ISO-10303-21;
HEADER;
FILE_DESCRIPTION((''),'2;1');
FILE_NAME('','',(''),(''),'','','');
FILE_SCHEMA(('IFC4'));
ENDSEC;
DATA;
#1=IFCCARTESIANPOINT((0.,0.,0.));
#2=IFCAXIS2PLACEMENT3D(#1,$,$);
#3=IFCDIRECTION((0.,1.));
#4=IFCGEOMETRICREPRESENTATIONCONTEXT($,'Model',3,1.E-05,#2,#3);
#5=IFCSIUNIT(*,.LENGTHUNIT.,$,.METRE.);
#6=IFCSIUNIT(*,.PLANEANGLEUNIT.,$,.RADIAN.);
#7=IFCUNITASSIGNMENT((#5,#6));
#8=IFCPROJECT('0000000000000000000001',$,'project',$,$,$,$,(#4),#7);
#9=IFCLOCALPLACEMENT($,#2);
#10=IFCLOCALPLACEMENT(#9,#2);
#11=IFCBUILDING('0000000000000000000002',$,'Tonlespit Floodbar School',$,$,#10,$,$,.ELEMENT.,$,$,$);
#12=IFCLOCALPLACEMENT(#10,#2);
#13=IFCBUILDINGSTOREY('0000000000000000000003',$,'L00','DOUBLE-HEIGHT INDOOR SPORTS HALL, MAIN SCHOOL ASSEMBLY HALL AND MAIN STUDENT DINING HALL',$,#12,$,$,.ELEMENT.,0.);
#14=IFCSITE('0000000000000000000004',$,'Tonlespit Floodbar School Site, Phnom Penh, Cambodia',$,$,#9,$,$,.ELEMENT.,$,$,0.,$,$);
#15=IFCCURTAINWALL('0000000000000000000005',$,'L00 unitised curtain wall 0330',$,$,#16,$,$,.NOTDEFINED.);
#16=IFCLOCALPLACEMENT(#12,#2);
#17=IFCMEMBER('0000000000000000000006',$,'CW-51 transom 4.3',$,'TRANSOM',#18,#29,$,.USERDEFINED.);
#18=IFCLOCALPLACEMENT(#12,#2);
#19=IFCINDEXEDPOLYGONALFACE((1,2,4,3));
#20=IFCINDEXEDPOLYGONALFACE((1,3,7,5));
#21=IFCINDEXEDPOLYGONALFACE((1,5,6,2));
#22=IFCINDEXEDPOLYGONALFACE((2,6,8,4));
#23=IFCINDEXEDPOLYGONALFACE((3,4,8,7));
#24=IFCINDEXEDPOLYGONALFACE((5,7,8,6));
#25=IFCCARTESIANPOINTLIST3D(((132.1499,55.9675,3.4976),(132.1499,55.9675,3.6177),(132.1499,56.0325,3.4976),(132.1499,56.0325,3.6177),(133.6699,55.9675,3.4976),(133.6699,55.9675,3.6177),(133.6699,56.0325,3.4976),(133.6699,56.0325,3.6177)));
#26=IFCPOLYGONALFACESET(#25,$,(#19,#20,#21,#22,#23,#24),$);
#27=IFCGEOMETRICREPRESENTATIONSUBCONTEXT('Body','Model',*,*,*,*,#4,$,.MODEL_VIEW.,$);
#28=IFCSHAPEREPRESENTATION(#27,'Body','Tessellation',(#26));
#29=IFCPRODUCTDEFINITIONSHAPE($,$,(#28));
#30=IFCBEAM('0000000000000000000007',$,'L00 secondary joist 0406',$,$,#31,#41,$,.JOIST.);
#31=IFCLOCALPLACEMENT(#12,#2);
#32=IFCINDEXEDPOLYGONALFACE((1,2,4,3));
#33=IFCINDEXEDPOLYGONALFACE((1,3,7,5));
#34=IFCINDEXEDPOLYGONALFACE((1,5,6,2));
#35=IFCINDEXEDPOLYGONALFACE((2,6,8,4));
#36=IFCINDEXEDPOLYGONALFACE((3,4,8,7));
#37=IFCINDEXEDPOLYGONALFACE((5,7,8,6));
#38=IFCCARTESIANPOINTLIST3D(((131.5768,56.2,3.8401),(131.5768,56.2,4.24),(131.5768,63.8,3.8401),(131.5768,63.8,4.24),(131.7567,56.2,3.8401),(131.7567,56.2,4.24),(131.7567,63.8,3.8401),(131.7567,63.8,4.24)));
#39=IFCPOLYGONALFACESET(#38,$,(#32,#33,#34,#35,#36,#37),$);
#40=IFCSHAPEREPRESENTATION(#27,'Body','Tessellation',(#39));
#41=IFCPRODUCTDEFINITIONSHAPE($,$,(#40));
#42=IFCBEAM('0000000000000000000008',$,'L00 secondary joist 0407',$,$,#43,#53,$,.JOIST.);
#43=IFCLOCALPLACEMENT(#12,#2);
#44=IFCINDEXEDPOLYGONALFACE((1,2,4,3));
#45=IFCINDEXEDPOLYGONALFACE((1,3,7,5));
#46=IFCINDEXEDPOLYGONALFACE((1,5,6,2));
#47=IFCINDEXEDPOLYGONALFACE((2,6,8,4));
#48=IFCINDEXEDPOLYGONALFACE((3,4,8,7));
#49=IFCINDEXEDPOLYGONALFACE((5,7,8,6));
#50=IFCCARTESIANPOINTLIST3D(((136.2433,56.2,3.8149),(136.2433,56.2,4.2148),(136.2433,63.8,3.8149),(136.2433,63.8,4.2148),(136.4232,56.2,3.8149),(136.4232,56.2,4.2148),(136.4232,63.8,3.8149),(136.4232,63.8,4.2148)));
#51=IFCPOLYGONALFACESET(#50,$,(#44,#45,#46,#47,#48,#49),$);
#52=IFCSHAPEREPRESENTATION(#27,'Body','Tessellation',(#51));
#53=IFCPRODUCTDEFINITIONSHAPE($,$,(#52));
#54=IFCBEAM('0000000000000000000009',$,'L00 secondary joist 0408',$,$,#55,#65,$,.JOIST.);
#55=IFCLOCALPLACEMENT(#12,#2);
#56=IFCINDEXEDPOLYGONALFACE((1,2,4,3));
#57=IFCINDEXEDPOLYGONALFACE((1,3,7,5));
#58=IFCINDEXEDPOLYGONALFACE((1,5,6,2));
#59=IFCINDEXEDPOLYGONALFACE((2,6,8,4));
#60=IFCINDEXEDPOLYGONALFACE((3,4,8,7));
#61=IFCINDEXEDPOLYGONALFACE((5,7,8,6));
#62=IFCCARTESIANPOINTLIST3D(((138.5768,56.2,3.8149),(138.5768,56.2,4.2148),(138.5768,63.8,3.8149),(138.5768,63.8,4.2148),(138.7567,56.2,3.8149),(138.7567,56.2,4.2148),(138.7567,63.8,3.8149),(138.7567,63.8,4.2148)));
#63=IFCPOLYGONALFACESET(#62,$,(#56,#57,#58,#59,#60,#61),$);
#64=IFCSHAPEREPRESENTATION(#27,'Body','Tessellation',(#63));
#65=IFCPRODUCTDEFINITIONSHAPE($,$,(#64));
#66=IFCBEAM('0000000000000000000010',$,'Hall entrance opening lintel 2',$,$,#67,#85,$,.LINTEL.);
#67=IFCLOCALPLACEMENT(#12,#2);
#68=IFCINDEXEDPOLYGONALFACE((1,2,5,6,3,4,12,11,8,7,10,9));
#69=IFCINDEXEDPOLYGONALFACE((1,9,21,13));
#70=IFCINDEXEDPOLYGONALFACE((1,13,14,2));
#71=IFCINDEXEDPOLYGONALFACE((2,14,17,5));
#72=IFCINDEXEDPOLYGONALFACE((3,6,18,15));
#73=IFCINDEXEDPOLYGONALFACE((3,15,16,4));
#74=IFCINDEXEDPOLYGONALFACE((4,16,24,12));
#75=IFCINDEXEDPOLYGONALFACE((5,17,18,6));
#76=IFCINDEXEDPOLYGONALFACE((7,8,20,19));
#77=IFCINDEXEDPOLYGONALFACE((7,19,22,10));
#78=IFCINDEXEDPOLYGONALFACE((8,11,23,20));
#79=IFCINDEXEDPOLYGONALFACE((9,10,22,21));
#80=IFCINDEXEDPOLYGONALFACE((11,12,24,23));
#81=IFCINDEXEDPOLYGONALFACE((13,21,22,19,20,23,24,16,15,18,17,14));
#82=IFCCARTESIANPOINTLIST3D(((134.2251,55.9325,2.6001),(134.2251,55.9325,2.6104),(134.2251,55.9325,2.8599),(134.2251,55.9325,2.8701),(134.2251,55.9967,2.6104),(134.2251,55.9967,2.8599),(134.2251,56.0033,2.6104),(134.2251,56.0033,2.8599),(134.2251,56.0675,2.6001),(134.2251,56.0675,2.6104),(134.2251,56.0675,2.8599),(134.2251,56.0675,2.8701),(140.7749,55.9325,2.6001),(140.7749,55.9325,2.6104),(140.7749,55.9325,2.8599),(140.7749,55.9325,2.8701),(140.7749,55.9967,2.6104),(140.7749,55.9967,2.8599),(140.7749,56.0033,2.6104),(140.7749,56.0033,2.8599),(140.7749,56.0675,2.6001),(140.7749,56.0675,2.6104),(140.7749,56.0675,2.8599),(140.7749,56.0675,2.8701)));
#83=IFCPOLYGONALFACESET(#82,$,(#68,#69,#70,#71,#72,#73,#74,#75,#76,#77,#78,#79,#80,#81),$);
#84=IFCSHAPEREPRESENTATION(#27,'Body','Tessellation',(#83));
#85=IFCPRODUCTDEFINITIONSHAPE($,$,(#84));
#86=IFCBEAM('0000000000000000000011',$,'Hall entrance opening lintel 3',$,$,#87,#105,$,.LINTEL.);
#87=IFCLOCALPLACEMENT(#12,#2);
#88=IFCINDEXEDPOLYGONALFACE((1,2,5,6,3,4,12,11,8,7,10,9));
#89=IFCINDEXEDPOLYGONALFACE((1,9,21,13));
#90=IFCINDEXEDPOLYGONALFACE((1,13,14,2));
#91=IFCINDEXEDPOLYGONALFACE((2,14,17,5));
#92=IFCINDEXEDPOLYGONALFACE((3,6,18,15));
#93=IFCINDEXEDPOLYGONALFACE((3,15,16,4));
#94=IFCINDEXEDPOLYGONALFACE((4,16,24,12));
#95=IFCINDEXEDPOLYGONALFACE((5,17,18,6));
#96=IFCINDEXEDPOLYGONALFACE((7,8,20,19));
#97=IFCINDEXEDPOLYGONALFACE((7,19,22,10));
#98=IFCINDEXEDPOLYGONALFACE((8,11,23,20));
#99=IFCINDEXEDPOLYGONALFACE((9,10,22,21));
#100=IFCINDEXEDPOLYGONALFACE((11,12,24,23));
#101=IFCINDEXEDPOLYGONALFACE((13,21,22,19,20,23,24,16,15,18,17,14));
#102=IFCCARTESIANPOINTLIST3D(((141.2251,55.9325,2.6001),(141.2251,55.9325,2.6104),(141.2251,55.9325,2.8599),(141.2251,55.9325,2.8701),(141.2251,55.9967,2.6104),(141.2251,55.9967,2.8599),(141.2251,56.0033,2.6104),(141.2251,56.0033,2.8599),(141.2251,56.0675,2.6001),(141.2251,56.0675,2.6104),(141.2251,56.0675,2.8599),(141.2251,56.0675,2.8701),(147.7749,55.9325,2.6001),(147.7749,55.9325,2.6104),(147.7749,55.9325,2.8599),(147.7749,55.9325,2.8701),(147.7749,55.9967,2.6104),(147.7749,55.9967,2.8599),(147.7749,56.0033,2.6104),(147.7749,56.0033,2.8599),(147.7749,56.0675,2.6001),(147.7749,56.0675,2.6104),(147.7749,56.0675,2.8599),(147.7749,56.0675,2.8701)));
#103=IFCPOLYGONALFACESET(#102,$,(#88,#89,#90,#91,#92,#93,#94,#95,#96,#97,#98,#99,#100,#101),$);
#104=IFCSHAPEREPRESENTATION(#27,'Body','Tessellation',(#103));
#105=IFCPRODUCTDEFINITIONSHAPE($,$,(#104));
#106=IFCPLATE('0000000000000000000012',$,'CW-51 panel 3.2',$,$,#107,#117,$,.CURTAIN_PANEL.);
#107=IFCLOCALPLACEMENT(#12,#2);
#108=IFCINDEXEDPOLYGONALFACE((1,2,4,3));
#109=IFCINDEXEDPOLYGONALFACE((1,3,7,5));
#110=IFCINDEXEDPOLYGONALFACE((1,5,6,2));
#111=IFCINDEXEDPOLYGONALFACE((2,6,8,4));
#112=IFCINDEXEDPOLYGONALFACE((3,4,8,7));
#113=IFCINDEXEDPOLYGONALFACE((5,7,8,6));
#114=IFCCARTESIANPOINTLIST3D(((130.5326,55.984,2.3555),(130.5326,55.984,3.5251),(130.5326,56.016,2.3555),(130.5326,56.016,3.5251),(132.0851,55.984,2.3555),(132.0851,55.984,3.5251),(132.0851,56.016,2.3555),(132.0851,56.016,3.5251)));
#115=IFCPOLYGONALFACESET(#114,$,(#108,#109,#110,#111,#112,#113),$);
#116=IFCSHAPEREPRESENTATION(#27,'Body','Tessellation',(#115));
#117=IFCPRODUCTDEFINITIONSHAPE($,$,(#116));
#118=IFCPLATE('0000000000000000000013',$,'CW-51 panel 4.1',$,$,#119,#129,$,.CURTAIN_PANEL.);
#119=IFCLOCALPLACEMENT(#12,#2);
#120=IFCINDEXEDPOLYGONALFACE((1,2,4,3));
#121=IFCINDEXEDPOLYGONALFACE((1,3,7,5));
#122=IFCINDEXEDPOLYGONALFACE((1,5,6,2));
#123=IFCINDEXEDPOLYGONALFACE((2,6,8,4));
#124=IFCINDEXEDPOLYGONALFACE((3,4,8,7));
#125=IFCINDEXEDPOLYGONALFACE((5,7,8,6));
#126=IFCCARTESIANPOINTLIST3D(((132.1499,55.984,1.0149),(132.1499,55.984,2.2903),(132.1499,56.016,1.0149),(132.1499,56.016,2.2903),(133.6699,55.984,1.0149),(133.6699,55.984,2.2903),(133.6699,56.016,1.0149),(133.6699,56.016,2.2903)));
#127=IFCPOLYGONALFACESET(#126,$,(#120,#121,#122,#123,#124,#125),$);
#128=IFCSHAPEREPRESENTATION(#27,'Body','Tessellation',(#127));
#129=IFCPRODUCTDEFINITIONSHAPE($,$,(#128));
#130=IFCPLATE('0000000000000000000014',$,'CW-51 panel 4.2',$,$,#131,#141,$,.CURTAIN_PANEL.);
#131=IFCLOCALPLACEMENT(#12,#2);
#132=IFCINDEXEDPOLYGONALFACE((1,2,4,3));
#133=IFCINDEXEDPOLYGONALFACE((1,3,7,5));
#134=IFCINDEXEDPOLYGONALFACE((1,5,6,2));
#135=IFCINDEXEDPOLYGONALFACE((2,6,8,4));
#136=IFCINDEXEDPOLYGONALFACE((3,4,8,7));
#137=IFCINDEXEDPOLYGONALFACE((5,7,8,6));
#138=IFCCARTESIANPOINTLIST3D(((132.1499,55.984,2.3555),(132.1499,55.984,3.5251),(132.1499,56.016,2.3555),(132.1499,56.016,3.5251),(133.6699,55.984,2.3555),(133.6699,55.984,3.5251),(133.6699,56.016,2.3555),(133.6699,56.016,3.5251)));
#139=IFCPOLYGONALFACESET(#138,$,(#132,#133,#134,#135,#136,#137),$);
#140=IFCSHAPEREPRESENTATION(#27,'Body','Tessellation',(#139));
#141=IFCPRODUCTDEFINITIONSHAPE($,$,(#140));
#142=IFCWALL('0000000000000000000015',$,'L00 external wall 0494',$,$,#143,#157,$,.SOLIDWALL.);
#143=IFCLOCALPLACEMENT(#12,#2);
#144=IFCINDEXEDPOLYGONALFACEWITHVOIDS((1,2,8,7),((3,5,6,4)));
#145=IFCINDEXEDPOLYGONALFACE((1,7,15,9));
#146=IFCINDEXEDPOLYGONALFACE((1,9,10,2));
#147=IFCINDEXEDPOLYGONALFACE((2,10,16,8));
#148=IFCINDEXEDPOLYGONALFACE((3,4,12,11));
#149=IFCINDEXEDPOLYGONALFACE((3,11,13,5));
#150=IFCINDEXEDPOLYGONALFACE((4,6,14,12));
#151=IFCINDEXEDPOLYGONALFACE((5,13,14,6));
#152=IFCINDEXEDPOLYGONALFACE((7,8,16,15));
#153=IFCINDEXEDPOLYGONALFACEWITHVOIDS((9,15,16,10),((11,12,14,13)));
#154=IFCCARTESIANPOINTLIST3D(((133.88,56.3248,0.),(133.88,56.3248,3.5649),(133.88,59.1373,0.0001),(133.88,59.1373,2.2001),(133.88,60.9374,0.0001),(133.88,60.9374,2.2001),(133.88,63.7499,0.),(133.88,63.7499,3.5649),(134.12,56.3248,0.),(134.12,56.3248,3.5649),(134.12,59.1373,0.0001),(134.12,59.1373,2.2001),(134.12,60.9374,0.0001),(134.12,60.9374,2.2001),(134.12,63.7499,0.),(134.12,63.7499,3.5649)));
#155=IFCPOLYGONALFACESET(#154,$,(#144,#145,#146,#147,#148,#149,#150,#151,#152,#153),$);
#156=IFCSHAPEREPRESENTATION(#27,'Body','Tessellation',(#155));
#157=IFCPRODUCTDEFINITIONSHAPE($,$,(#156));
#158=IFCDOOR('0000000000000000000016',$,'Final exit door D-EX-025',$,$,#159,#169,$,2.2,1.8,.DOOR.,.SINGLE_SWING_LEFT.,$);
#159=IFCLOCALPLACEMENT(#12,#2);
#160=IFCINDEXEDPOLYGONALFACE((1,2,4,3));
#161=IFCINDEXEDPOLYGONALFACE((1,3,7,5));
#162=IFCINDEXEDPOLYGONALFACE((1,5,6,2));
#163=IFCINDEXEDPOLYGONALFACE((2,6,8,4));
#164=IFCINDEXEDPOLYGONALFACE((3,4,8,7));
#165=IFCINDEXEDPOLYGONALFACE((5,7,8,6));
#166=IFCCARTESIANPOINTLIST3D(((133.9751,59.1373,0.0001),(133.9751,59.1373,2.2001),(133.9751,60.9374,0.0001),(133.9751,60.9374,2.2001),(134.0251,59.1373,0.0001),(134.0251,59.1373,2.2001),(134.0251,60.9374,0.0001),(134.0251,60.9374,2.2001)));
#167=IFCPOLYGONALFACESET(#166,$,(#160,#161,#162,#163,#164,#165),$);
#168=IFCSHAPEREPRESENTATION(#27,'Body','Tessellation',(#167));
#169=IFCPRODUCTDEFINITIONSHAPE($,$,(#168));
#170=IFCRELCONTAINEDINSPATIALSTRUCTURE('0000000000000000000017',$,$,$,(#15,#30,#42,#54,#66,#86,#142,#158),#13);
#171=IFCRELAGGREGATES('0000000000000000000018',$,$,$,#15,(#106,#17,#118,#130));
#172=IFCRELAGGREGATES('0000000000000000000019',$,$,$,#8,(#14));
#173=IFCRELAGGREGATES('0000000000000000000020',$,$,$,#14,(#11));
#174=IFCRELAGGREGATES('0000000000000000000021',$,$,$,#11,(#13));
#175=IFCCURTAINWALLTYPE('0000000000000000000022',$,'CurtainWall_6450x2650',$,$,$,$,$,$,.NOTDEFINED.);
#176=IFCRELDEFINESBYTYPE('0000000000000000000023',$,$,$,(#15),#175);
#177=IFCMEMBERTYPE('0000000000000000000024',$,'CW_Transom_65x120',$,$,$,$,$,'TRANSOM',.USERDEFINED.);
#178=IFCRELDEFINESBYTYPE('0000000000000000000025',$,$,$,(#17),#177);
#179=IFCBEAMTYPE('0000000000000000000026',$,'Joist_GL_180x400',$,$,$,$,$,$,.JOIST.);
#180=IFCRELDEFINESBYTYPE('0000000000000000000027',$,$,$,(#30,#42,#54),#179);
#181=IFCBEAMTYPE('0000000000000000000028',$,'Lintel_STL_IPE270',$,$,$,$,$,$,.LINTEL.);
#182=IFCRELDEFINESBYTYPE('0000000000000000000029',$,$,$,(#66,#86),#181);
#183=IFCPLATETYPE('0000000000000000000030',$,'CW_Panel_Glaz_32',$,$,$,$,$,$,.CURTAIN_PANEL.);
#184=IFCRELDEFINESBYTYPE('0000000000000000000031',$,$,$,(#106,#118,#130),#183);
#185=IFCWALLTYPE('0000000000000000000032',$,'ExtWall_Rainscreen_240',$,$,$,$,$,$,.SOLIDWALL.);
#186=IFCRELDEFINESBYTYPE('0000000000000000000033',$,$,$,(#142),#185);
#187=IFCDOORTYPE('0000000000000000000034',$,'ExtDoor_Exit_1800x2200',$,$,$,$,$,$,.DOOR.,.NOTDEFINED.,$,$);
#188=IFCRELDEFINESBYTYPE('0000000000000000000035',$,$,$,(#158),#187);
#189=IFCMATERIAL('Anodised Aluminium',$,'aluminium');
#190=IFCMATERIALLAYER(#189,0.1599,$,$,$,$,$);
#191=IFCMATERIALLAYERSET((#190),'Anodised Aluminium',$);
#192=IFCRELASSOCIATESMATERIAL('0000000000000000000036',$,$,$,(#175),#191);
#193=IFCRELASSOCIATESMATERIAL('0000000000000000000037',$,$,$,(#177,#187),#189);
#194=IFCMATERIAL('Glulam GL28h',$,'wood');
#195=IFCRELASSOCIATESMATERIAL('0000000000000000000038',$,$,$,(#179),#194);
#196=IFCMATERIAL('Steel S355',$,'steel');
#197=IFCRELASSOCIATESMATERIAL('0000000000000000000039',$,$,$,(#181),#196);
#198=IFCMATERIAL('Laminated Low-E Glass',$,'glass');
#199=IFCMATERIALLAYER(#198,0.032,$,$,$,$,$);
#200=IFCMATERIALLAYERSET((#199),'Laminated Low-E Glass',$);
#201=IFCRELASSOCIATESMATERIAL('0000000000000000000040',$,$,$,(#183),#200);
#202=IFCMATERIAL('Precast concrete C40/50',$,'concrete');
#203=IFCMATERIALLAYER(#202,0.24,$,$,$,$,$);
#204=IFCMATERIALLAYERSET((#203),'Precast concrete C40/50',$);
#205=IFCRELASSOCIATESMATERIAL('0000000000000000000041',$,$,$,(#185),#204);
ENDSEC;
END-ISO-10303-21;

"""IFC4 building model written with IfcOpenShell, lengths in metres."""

from ifc_helpers import new_model, si_unit, direction, frame, frame_2d, origin, origin_2d, place, context, subcontext, project, spatial, rectangle, i_section, extrude, material, layer, layer_set, material_profile, profile_set, type_object, element, fill, aggregate, save


model = new_model("IFC4")

# Units and contexts
model_context = context("Model", 3, precision=1e-05, world=origin(), true_north=direction((0.0, 1.0)))
body_context = subcontext(model_context, "Body", "Model", "MODEL_VIEW")
ifc_project = project(units=[si_unit("LENGTHUNIT", "METRE"), si_unit("PLANEANGLEUNIT", "RADIAN")], contexts=[model_context])

# Site, building, storey
site_placement = place(None, origin())
site = spatial("IfcSite", under=ifc_project, at=site_placement, Name="Tonlespit Floodbar School Site, Phnom Penh, Cambodia", CompositionType="ELEMENT", RefElevation=0.0)
building_placement = place(site_placement, origin())
building = spatial("IfcBuilding", under=site, at=building_placement, Name="Tonlespit Floodbar School", CompositionType="ELEMENT")
storey_placement = place(building_placement, origin())
storey = spatial("IfcBuildingStorey", under=building, at=storey_placement, Name="L00", Description="DOUBLE-HEIGHT INDOOR SPORTS HALL, MAIN SCHOOL ASSEMBLY HALL AND MAIN STUDENT DINING HALL", CompositionType="ELEMENT", Elevation=0.0)

# Curtain wall, member
ifc_material_1 = material(Name="Anodised Aluminium", Category="aluminium")
ifc_layer_1 = layer(ifc_material_1, 0.1599)
ifc_layer_set_1 = layer_set([ifc_layer_1], Name="Anodised Aluminium")
curtain_wall_type = type_object("IfcCurtainWallType", Name="CurtainWall_6450x2650", PredefinedType="NOTDEFINED", material=ifc_layer_set_1)
curtain_wall_placement = place(storey_placement, origin())
curtain_wall = element("IfcCurtainWall", 1, at=curtain_wall_placement, inside=storey, type_object=curtain_wall_type, Name="L00 unitised curtain wall 0330", PredefinedType="NOTDEFINED")
ifc_material_profile_1 = material_profile(ifc_material_1, rectangle(XDim=0.0649, YDim=0.1201, at=origin_2d()), Name="ALU T65x120")
ifc_profile_set_1 = profile_set([ifc_material_profile_1], Name="Anodised Aluminium")
member_type_1 = type_object("IfcMemberType", Name="CW_Transom_65x120", ElementType="TRANSOM", PredefinedType="USERDEFINED", material=ifc_profile_set_1)
member_1_placement = place(storey_placement, frame((132.1499, 56.0, 3.5576), z_axis=(1.0, 0.0, 0.0), x_axis=(0.0, 1.0, 0.0)))
member_1 = element("IfcMember", 2, at=member_1_placement, type_object=member_type_1, Name="CW-51 transom 4.3", ObjectType="TRANSOM", PredefinedType="USERDEFINED", context=body_context, shape_type="SweptSolid", body=[
    extrude(rectangle(XDim=0.0649, YDim=0.1201, at=origin_2d()), origin(), (0.0, 0.0, 1.0), 1.52),
])

# Beams
ifc_material_2 = material(Name="Glulam GL28h", Category="wood")
ifc_material_profile_2 = material_profile(ifc_material_2, rectangle(XDim=0.1799, YDim=0.3999, at=origin_2d()), Name="GL 180x400")
ifc_profile_set_2 = profile_set([ifc_material_profile_2], Name="Glulam GL28h")
beam_type_1 = type_object("IfcBeamType", Name="Joist_GL_180x400", PredefinedType="JOIST", material=ifc_profile_set_2)
for number, where, z_axis, x_axis, name in (
    (3, (131.6667, 56.2, 4.04), (0.0, 1.0, 0.0), (-1.0, 0.0, 0.0), "L00 secondary joist 0406"),
    (4, (136.3333, 56.2, 4.0149), (0.0, 1.0, 0.0), (-1.0, 0.0, 0.0), "L00 secondary joist 0407"),
    (5, (138.6667, 56.2, 4.0149), (0.0, 1.0, 0.0), (-1.0, 0.0, 0.0), "L00 secondary joist 0408"),
):
    element("IfcBeam", number, at=place(storey_placement, frame(where, z_axis=z_axis, x_axis=x_axis)), inside=storey, type_object=beam_type_1, Name=name, PredefinedType="JOIST", context=body_context, shape_type="SweptSolid", body=[
        extrude(rectangle(XDim=0.1799, YDim=0.3999, at=origin_2d()), origin(), (0.0, 0.0, 1.0), 7.6001),
    ])
ifc_material_3 = material(Name="Steel S355", Category="steel")
ifc_material_profile_3 = material_profile(ifc_material_3, i_section(OverallWidth=0.135, OverallDepth=0.27, WebThickness=0.0066, FlangeThickness=0.0103, at=origin_2d()), Name="IPE 270")
ifc_profile_set_3 = profile_set([ifc_material_profile_3], Name="Steel S355")
beam_type_2 = type_object("IfcBeamType", Name="Lintel_STL_IPE270", PredefinedType="LINTEL", material=ifc_profile_set_3)
for number, where, z_axis, x_axis, name in (
    (6, (134.2251, 56.0, 2.7351), (1.0, 0.0, 0.0), (0.0, 1.0, 0.0), "Hall entrance opening lintel 2"),
    (7, (141.2251, 56.0, 2.7351), (1.0, 0.0, 0.0), (0.0, 1.0, 0.0), "Hall entrance opening lintel 3"),
):
    element("IfcBeam", number, at=place(storey_placement, frame(where, z_axis=z_axis, x_axis=x_axis)), inside=storey, type_object=beam_type_2, Name=name, PredefinedType="LINTEL", context=body_context, shape_type="SweptSolid", body=[
        extrude(i_section(OverallWidth=0.135, OverallDepth=0.27, WebThickness=0.0066, FlangeThickness=0.0103, at=origin_2d()), origin(), (0.0, 0.0, 1.0), 6.5498),
    ])

# Plates
ifc_material_4 = material(Name="Laminated Low-E Glass", Category="glass")
ifc_layer_2 = layer(ifc_material_4, 0.032)
ifc_layer_set_2 = layer_set([ifc_layer_2], Name="Laminated Low-E Glass")
plate_type = type_object("IfcPlateType", Name="CW_Panel_Glaz_32", PredefinedType="CURTAIN_PANEL", material=ifc_layer_set_2)
plate_1_placement = place(storey_placement, frame((131.3088, 56.0, 2.3555), z_axis=(0.0, 0.0, 1.0), x_axis=(1.0, 0.0, 0.0)))
plate_1 = element("IfcPlate", 8, at=plate_1_placement, type_object=plate_type, Name="CW-51 panel 3.2", PredefinedType="CURTAIN_PANEL", context=body_context, shape_type="SweptSolid", body=[
    extrude(rectangle(XDim=1.5525, YDim=0.032, at=origin_2d()), origin(), (0.0, 0.0, 1.0), 1.1697),
])
plate_2_placement = place(storey_placement, frame((132.9099, 56.0, 1.0149), z_axis=(0.0, 0.0, 1.0), x_axis=(1.0, 0.0, 0.0)))
plate_2 = element("IfcPlate", 9, at=plate_2_placement, type_object=plate_type, Name="CW-51 panel 4.1", PredefinedType="CURTAIN_PANEL", context=body_context, shape_type="SweptSolid", body=[
    extrude(rectangle(XDim=1.52, YDim=0.032, at=origin_2d()), origin(), (0.0, 0.0, 1.0), 1.2754),
])
plate_3_placement = place(storey_placement, frame((132.9099, 56.0, 2.3555), z_axis=(0.0, 0.0, 1.0), x_axis=(1.0, 0.0, 0.0)))
plate_3 = element("IfcPlate", 10, at=plate_3_placement, type_object=plate_type, Name="CW-51 panel 4.2", PredefinedType="CURTAIN_PANEL", context=body_context, shape_type="SweptSolid", body=[
    extrude(rectangle(XDim=1.52, YDim=0.032, at=origin_2d()), origin(), (0.0, 0.0, 1.0), 1.1697),
])
aggregate(curtain_wall, [plate_1, member_1, plate_2, plate_3])

# Wall, opening, door
ifc_material_5 = material(Name="Precast concrete C40/50", Category="concrete")
ifc_layer_3 = layer(ifc_material_5, 0.24)
ifc_layer_set_3 = layer_set([ifc_layer_3], Name="Precast concrete C40/50")
wall_type_1 = type_object("IfcWallType", Name="ExtWall_Rainscreen_240", PredefinedType="SOLIDWALL", material=ifc_layer_set_3)
wall_1_placement = place(storey_placement, frame((134.0, 56.325, 0.0), z_axis=(0.0, 0.0, 1.0), x_axis=(0.0, 1.0, 0.0)))
wall_1 = element("IfcWall", 11, at=wall_1_placement, inside=storey, type_object=wall_type_1, Name="L00 external wall 0494", PredefinedType="SOLIDWALL", context=body_context, shape_type="SweptSolid", body=[
    extrude(rectangle(XDim=7.425, YDim=0.24, at=frame_2d((3.7124, 0.0))), origin(), (0.0, 0.0, 1.0), 3.5649),
])
opening_1_placement = place(wall_1_placement, frame((2.8125, 0.0, 0.0)))
opening_1 = element("IfcOpeningElement", 12, at=opening_1_placement, cuts=wall_1, PredefinedType="OPENING", context=body_context, shape_type="SweptSolid", body=[
    extrude(rectangle(XDim=1.8, YDim=2.2, at=frame_2d((0.8999, 1.1001))), frame((0.0, 0.1299, 0.0), z_axis=(0.0, -1.0, 0.0), x_axis=(1.0, 0.0, 0.0)), (0.0, 0.0, 1.0), 0.26),
])
door_type_1 = type_object("IfcDoorType", Name="ExtDoor_Exit_1800x2200", OperationType="NOTDEFINED", PredefinedType="DOOR", material=ifc_material_1)
door_1_placement = place(opening_1_placement, origin())
door_1 = element("IfcDoor", 13, at=door_1_placement, inside=storey, type_object=door_type_1, Name="Final exit door D-EX-025", OperationType="SINGLE_SWING_LEFT", OverallHeight=2.2, OverallWidth=1.8, PredefinedType="DOOR", context=body_context, shape_type="SweptSolid", body=[
    extrude(rectangle(XDim=1.8, YDim=2.2, at=frame_2d((0.8999, 1.1001))), frame((0.0, 0.0249, 0.0), z_axis=(0.0, -1.0, 0.0), x_axis=(1.0, 0.0, 0.0)), (0.0, 0.0, 1.0), 0.05),
])
fill(opening_1, door_1)

save(model, "model.ifc")
